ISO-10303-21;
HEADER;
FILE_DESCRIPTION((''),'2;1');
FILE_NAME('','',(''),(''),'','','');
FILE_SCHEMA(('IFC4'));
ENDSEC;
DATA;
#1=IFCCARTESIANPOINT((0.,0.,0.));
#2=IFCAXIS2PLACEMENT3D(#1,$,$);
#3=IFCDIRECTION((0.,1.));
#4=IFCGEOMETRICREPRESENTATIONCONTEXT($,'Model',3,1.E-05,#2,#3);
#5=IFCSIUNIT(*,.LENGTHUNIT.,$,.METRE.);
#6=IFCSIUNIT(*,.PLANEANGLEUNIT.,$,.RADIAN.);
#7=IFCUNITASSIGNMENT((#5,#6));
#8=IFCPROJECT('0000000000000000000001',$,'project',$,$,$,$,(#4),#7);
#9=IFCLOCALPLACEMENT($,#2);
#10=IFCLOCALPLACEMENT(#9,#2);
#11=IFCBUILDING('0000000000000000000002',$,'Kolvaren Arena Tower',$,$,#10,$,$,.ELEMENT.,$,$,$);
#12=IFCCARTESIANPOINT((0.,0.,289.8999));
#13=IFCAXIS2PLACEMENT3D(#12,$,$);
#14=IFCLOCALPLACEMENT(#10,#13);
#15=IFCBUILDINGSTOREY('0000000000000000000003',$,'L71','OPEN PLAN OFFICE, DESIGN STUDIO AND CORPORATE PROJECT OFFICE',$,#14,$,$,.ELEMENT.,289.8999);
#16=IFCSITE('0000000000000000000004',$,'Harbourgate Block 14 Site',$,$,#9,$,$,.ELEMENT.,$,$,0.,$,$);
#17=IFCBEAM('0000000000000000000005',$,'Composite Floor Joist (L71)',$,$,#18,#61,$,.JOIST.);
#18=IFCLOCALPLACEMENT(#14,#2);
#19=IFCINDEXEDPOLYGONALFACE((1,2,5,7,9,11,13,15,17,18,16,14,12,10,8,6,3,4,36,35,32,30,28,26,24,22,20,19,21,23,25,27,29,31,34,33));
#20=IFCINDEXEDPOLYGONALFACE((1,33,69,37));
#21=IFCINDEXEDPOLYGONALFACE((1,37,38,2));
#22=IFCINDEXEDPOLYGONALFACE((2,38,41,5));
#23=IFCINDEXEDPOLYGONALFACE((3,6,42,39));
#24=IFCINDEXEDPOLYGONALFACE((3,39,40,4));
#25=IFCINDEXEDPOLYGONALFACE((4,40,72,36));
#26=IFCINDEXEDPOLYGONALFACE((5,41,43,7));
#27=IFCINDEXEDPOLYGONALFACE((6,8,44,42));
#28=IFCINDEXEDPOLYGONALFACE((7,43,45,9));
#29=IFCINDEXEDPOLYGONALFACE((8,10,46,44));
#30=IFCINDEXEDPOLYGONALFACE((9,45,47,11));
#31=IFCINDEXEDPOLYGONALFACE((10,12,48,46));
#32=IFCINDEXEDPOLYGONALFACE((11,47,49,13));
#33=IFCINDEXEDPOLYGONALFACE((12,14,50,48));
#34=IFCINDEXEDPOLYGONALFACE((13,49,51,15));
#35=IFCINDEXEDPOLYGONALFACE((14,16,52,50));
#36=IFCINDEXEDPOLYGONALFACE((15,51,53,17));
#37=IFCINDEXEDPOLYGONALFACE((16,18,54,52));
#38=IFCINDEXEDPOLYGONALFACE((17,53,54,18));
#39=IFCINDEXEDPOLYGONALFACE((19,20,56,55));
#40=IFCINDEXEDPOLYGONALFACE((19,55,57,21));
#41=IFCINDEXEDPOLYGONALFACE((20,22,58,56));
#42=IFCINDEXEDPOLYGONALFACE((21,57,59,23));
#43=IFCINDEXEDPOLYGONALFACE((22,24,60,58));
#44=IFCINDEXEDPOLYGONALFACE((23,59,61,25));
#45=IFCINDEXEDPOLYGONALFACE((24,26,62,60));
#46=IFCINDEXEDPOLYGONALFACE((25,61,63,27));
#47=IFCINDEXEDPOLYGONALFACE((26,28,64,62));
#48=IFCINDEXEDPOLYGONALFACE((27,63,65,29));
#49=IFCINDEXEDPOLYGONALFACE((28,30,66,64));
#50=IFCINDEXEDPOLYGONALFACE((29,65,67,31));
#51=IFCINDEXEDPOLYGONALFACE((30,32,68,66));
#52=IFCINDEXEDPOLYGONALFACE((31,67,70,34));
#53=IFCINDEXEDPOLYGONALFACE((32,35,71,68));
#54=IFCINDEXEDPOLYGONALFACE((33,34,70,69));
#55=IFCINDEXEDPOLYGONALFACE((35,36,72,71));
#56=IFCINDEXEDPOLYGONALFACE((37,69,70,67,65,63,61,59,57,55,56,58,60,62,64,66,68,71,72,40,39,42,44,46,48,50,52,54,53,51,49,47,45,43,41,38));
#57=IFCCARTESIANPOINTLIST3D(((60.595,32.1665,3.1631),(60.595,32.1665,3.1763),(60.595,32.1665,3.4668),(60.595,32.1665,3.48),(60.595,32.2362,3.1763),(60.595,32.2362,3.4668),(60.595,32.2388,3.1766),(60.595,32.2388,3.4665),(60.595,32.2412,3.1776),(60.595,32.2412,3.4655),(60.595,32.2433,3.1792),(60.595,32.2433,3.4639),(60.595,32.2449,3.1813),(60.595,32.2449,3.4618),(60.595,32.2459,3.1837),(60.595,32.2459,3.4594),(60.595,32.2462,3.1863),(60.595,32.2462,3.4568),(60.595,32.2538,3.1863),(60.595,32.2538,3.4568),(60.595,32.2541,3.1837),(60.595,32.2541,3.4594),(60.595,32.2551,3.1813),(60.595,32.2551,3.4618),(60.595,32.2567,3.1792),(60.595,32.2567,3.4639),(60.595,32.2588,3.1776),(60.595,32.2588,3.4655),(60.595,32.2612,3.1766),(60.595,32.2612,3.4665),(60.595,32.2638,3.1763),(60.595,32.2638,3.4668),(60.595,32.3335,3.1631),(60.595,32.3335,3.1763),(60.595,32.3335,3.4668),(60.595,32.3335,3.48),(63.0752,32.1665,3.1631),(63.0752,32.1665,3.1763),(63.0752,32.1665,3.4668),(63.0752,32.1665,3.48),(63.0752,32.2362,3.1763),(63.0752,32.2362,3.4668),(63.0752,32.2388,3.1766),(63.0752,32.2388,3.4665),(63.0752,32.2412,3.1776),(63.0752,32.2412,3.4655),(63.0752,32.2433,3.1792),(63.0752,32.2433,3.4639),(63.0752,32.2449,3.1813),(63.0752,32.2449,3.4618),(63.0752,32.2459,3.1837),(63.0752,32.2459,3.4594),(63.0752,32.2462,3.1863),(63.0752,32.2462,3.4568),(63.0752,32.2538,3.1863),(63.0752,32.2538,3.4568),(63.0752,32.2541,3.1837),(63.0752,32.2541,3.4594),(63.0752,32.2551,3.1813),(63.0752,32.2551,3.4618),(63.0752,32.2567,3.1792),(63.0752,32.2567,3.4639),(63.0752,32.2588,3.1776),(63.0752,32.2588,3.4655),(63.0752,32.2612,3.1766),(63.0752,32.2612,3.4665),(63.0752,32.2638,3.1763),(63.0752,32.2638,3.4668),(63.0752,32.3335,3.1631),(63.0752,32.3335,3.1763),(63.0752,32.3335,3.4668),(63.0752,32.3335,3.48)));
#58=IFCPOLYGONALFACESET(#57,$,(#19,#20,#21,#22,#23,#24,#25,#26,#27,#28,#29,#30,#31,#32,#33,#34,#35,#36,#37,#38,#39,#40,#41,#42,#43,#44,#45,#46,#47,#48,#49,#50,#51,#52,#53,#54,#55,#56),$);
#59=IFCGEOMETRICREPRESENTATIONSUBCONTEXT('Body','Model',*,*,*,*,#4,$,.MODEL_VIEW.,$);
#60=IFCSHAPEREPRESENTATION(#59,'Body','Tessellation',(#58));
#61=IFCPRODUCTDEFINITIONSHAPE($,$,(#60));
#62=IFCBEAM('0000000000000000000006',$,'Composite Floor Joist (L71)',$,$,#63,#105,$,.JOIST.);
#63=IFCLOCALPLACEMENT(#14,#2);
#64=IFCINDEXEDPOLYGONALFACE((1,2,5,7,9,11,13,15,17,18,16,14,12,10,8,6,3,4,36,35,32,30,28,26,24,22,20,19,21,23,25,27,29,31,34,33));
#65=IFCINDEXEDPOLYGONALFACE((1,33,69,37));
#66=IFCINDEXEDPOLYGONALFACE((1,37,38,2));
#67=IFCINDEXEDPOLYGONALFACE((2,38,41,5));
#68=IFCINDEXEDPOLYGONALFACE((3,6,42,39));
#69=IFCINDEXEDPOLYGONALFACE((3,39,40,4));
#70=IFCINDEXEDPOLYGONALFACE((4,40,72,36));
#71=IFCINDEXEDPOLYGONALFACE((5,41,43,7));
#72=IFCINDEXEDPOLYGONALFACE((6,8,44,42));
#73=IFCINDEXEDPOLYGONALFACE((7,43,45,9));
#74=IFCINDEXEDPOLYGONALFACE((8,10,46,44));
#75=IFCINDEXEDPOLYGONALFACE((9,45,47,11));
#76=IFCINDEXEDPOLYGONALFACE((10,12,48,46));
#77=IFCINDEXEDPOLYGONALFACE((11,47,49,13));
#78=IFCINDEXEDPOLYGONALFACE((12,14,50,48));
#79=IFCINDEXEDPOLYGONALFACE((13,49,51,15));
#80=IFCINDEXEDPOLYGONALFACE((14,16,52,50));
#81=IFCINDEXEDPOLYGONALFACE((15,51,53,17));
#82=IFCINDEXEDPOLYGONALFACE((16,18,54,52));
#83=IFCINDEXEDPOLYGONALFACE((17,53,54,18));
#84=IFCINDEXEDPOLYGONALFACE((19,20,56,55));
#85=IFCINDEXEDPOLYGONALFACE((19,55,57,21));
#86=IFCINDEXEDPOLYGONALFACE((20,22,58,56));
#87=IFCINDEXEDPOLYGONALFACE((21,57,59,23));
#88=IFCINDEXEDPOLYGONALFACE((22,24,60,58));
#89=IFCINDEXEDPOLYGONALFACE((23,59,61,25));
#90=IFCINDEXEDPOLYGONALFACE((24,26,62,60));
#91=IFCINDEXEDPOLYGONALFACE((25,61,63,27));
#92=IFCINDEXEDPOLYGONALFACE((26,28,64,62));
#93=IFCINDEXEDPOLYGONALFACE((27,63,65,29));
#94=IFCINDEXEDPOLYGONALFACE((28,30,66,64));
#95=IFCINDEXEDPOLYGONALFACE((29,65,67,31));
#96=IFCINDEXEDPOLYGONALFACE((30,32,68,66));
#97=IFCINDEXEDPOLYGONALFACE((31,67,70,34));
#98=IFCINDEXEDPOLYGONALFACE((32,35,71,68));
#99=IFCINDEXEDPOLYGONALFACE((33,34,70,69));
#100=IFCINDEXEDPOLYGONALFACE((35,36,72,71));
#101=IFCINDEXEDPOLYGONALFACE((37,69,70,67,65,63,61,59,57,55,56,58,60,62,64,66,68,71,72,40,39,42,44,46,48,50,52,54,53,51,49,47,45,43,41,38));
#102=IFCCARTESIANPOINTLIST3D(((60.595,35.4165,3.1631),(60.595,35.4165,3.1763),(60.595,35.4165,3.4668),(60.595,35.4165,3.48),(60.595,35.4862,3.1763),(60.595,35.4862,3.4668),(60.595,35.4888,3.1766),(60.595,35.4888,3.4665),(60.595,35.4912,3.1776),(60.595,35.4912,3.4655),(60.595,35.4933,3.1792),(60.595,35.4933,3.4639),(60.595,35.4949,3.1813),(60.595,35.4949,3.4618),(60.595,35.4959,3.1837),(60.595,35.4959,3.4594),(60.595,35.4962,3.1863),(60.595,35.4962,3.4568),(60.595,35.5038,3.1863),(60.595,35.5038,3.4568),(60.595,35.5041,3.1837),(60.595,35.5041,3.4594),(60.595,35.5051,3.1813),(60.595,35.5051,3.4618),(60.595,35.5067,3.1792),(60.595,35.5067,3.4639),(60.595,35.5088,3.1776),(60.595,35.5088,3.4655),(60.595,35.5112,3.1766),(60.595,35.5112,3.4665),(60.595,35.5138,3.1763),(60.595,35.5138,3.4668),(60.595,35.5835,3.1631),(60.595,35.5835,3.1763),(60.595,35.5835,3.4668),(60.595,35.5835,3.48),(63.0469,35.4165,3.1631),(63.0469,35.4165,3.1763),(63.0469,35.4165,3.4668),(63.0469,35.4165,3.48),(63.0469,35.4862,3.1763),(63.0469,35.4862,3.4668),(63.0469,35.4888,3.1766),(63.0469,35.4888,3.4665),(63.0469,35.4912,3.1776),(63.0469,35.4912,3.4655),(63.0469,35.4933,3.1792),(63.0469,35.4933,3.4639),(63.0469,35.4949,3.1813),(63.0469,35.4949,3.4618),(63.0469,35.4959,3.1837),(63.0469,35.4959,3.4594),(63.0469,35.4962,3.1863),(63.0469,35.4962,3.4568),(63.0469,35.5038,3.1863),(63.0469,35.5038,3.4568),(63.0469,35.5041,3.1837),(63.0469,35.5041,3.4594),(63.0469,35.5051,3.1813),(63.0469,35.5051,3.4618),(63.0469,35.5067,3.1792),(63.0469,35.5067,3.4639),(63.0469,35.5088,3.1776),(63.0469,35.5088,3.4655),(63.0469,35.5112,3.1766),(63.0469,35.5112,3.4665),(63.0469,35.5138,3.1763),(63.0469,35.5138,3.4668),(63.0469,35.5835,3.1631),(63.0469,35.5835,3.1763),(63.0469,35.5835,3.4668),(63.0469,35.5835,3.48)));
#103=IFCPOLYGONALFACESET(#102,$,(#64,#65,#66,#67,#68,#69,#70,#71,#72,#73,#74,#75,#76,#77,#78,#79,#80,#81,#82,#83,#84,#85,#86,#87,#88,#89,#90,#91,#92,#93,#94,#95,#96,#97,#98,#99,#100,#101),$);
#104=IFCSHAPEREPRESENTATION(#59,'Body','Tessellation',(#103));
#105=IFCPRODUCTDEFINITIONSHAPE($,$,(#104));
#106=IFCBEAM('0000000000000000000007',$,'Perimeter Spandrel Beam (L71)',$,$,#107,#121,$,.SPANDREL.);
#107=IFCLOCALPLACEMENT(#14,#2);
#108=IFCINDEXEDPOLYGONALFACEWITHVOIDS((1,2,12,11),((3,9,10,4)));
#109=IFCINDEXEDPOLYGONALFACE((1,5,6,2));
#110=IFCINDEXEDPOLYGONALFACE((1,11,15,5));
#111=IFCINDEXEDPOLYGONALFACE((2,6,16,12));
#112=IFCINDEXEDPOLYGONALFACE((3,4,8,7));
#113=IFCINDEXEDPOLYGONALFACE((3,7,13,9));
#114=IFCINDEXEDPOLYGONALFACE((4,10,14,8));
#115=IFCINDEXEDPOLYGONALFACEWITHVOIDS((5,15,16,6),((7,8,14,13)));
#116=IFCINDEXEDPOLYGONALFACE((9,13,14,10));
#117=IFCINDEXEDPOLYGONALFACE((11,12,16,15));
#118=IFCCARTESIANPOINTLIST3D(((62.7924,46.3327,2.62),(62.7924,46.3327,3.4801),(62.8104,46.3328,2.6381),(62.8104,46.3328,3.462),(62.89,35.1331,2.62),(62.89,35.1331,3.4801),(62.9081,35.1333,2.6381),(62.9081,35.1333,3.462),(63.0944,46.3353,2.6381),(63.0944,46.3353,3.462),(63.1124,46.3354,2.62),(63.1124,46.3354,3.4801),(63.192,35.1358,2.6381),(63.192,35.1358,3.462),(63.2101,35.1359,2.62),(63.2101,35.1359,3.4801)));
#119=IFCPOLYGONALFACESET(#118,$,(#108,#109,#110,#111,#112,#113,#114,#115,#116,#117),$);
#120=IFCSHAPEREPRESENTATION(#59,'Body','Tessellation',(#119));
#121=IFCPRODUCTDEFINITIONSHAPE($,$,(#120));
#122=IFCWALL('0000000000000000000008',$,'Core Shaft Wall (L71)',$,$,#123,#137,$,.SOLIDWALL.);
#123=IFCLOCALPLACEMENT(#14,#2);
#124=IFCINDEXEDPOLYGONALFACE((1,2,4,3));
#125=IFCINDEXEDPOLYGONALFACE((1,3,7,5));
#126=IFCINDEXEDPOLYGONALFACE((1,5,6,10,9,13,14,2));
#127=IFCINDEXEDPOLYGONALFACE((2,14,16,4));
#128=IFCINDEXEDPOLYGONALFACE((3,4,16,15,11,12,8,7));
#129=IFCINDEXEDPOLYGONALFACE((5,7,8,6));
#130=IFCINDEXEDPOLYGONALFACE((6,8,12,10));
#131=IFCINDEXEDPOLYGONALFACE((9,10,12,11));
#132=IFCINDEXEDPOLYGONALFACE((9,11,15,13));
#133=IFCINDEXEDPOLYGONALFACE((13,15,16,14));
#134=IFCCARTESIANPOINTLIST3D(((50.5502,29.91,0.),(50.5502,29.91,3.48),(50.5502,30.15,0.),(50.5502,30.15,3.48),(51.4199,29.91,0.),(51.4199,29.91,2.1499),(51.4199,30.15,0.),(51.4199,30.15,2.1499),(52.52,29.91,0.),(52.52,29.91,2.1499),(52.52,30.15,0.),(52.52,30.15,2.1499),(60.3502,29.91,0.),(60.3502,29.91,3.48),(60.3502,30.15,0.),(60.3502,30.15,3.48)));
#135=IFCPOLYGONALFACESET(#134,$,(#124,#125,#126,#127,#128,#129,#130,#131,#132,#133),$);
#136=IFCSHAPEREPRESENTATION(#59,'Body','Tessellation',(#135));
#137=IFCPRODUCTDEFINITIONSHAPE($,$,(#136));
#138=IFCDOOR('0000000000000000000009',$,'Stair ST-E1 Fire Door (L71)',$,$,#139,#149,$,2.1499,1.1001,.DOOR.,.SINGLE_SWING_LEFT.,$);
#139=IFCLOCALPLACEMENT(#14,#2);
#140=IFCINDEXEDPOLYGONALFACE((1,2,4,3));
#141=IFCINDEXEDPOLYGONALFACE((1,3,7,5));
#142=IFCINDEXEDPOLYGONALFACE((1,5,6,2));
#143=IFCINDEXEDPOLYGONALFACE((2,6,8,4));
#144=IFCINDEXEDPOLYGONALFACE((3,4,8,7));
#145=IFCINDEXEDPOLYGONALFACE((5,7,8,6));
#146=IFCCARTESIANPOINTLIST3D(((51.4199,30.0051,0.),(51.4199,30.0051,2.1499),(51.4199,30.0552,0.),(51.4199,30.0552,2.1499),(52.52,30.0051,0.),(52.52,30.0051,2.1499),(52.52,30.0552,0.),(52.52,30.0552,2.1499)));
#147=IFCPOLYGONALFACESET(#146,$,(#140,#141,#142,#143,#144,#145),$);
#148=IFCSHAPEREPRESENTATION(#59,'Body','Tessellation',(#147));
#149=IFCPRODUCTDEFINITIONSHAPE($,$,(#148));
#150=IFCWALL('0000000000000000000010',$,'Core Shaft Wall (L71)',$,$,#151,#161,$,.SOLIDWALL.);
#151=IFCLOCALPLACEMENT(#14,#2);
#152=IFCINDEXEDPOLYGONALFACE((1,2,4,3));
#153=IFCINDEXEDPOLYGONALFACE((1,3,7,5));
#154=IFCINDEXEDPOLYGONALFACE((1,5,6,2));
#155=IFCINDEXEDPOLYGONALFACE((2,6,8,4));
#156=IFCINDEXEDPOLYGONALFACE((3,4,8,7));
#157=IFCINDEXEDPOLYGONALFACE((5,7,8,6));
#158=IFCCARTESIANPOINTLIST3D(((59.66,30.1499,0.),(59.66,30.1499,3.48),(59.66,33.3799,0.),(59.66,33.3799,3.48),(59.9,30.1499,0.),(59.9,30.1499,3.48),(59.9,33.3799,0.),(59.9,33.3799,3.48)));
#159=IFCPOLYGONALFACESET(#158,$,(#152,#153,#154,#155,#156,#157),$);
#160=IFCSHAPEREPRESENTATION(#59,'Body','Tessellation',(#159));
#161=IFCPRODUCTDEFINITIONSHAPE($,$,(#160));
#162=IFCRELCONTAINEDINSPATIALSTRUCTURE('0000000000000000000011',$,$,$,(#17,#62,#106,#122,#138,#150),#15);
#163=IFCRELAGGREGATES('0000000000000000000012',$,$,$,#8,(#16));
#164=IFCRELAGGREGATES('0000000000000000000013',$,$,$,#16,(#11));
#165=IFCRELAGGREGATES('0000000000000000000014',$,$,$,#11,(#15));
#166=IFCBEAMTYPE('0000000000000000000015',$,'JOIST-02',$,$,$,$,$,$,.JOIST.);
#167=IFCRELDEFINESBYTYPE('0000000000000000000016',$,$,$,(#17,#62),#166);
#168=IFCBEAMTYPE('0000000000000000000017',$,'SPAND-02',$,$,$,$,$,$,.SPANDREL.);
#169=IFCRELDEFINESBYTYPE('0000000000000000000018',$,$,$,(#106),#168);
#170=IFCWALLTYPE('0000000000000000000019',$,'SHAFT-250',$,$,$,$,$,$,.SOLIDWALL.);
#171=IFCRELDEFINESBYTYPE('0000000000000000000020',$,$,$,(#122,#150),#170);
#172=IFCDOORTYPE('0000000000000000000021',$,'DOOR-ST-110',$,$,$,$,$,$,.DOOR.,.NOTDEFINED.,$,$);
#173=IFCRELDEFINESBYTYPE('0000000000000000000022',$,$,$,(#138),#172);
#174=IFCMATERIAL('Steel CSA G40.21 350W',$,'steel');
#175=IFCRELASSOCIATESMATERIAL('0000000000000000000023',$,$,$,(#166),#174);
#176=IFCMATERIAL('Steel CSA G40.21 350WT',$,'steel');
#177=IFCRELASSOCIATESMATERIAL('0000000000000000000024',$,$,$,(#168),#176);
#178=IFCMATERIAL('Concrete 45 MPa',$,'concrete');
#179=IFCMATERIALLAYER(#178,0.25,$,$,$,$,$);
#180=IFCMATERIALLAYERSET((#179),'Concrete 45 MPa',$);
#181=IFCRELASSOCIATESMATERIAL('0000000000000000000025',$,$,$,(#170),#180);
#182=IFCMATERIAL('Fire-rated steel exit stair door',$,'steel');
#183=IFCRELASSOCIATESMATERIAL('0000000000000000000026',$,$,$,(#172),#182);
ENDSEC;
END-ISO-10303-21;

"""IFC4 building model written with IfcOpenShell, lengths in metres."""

from ifc_helpers import new_model, si_unit, direction, frame, frame_2d, origin, origin_2d, place, context, subcontext, project, spatial, rectangle, hollow_rectangle, i_section, extrude, material, layer, layer_set, material_profile, profile_set, type_object, element, fill, save


model = new_model("IFC4")

# Units and contexts
model_context = context("Model", 3, precision=1e-05, world=origin(), true_north=direction((0.0, 1.0)))
body_context = subcontext(model_context, "Body", "Model", "MODEL_VIEW")
ifc_project = project(units=[si_unit("LENGTHUNIT", "METRE"), si_unit("PLANEANGLEUNIT", "RADIAN")], contexts=[model_context])

# Site, building, storey
site_placement = place(None, origin())
site = spatial("IfcSite", under=ifc_project, at=site_placement, Name="Harbourgate Block 14 Site", CompositionType="ELEMENT", RefElevation=0.0)
building_placement = place(site_placement, origin())
building = spatial("IfcBuilding", under=site, at=building_placement, Name="Kolvaren Arena Tower", CompositionType="ELEMENT")
storey_placement = place(building_placement, frame((0.0, 0.0, 289.8999)))
storey = spatial("IfcBuildingStorey", under=building, at=storey_placement, Name="L71", Description="OPEN PLAN OFFICE, DESIGN STUDIO AND CORPORATE PROJECT OFFICE", CompositionType="ELEMENT", Elevation=289.8999)

# Beams
ifc_material_1 = material(Name="Steel CSA G40.21 350W", Category="steel")
ifc_material_profile_1 = material_profile(ifc_material_1, i_section(OverallWidth=0.167, OverallDepth=0.3169, WebThickness=0.0076, FlangeThickness=0.0132, FilletRadius=0.01, at=origin_2d()), Name="W310x52")
ifc_profile_set_1 = profile_set([ifc_material_profile_1], Name="Steel CSA G40.21 350W")
beam_type_1 = type_object("IfcBeamType", Name="JOIST-02", PredefinedType="JOIST", material=ifc_profile_set_1)
beam_1_placement = place(storey_placement, frame((60.595, 32.25, 3.3215), z_axis=(1.0, 0.0, 0.0), x_axis=(0.0, 1.0, 0.0)))
element("IfcBeam", 1, at=beam_1_placement, inside=storey, type_object=beam_type_1, Name="Composite Floor Joist (L71)", PredefinedType="JOIST", context=body_context, shape_type="SweptSolid", body=[
    extrude(i_section(OverallWidth=0.167, OverallDepth=0.3169, WebThickness=0.0076, FlangeThickness=0.0132, FilletRadius=0.01, at=origin_2d()), origin(), (0.0, 0.0, 1.0), 2.4802),
])
beam_2_placement = place(storey_placement, frame((60.595, 35.5, 3.3215), z_axis=(1.0, 0.0, 0.0), x_axis=(0.0, 1.0, 0.0)))
element("IfcBeam", 2, at=beam_2_placement, inside=storey, type_object=beam_type_1, Name="Composite Floor Joist (L71)", PredefinedType="JOIST", context=body_context, shape_type="SweptSolid", body=[
    extrude(i_section(OverallWidth=0.167, OverallDepth=0.3169, WebThickness=0.0076, FlangeThickness=0.0132, FilletRadius=0.01, at=origin_2d()), origin(), (0.0, 0.0, 1.0), 2.4519),
])
ifc_material_2 = material(Name="Steel CSA G40.21 350WT", Category="steel")
ifc_material_profile_2 = material_profile(ifc_material_2, hollow_rectangle(XDim=0.3201, YDim=0.8601, WallThickness=0.0181, at=origin_2d()), Name="HSS 860x320x18")
ifc_profile_set_2 = profile_set([ifc_material_profile_2], Name="Steel CSA G40.21 350WT")
beam_type_2 = type_object("IfcBeamType", Name="SPAND-02", PredefinedType="SPANDREL", material=ifc_profile_set_2)
beam_3_placement = place(storey_placement, frame((63.05, 35.1345, 3.05), z_axis=(-0.008719, 0.999962, 0.0), x_axis=(-0.999962, -0.008719, 0.0)))
element("IfcBeam", 3, at=beam_3_placement, inside=storey, type_object=beam_type_2, Name="Perimeter Spandrel Beam (L71)", PredefinedType="SPANDREL", context=body_context, shape_type="SweptSolid", body=[
    extrude(hollow_rectangle(XDim=0.3201, YDim=0.8601, WallThickness=0.0181, at=origin_2d()), origin(), (0.0, 0.0, 1.0), 11.2),
])

# Wall, opening, door
ifc_material_3 = material(Name="Concrete 45 MPa", Category="concrete")
ifc_layer = layer(ifc_material_3, 0.25)
ifc_layer_set = layer_set([ifc_layer], Name="Concrete 45 MPa")
wall_type = type_object("IfcWallType", Name="SHAFT-250", PredefinedType="SOLIDWALL", material=ifc_layer_set)
wall_1_placement = place(storey_placement, frame((60.3501, 30.03, 0.0), z_axis=(0.0, 0.0, 1.0), x_axis=(-1.0, 0.0, 0.0)))
wall_1 = element("IfcWall", 4, at=wall_1_placement, inside=storey, type_object=wall_type, Name="Core Shaft Wall (L71)", PredefinedType="SOLIDWALL", context=body_context, shape_type="SweptSolid", body=[
    extrude(rectangle(XDim=9.8, YDim=0.24, at=frame_2d((4.8999, 0.0))), origin(), (0.0, 0.0, 1.0), 3.48),
])
opening_1_placement = place(wall_1_placement, frame((7.8301, 0.0, 0.0)))
opening_1 = element("IfcOpeningElement", 5, at=opening_1_placement, cuts=wall_1, PredefinedType="OPENING", context=body_context, shape_type="SweptSolid", body=[
    extrude(rectangle(XDim=1.1001, YDim=2.1499, at=frame_2d((0.55, 1.075))), frame((0.0, 0.1299, 0.0), z_axis=(0.0, -1.0, 0.0), x_axis=(1.0, 0.0, 0.0)), (0.0, 0.0, 1.0), 0.26),
])
ifc_material_4 = material(Name="Fire-rated steel exit stair door", Category="steel")
door_type = type_object("IfcDoorType", Name="DOOR-ST-110", OperationType="NOTDEFINED", PredefinedType="DOOR", material=ifc_material_4)
door_1_placement = place(opening_1_placement, origin())
door_1 = element("IfcDoor", 6, at=door_1_placement, inside=storey, type_object=door_type, Name="Stair ST-E1 Fire Door (L71)", OperationType="SINGLE_SWING_LEFT", OverallHeight=2.1499, OverallWidth=1.1001, PredefinedType="DOOR", context=body_context, shape_type="SweptSolid", body=[
    extrude(rectangle(XDim=1.1001, YDim=2.1499, at=frame_2d((0.55, 1.075))), frame((0.0, 0.0249, 0.0), z_axis=(0.0, -1.0, 0.0), x_axis=(1.0, 0.0, 0.0)), (0.0, 0.0, 1.0), 0.05),
])
fill(opening_1, door_1)

# Wall
wall_2_placement = place(storey_placement, frame((59.78, 30.1499, 0.0), z_axis=(0.0, 0.0, 1.0), x_axis=(0.0, 1.0, 0.0)))
element("IfcWall", 7, at=wall_2_placement, inside=storey, type_object=wall_type, Name="Core Shaft Wall (L71)", PredefinedType="SOLIDWALL", context=body_context, shape_type="SweptSolid", body=[
    extrude(rectangle(XDim=3.23, YDim=0.24, at=frame_2d((1.615, 0.0))), origin(), (0.0, 0.0, 1.0), 3.48),
])

save(model, "model.ifc")
